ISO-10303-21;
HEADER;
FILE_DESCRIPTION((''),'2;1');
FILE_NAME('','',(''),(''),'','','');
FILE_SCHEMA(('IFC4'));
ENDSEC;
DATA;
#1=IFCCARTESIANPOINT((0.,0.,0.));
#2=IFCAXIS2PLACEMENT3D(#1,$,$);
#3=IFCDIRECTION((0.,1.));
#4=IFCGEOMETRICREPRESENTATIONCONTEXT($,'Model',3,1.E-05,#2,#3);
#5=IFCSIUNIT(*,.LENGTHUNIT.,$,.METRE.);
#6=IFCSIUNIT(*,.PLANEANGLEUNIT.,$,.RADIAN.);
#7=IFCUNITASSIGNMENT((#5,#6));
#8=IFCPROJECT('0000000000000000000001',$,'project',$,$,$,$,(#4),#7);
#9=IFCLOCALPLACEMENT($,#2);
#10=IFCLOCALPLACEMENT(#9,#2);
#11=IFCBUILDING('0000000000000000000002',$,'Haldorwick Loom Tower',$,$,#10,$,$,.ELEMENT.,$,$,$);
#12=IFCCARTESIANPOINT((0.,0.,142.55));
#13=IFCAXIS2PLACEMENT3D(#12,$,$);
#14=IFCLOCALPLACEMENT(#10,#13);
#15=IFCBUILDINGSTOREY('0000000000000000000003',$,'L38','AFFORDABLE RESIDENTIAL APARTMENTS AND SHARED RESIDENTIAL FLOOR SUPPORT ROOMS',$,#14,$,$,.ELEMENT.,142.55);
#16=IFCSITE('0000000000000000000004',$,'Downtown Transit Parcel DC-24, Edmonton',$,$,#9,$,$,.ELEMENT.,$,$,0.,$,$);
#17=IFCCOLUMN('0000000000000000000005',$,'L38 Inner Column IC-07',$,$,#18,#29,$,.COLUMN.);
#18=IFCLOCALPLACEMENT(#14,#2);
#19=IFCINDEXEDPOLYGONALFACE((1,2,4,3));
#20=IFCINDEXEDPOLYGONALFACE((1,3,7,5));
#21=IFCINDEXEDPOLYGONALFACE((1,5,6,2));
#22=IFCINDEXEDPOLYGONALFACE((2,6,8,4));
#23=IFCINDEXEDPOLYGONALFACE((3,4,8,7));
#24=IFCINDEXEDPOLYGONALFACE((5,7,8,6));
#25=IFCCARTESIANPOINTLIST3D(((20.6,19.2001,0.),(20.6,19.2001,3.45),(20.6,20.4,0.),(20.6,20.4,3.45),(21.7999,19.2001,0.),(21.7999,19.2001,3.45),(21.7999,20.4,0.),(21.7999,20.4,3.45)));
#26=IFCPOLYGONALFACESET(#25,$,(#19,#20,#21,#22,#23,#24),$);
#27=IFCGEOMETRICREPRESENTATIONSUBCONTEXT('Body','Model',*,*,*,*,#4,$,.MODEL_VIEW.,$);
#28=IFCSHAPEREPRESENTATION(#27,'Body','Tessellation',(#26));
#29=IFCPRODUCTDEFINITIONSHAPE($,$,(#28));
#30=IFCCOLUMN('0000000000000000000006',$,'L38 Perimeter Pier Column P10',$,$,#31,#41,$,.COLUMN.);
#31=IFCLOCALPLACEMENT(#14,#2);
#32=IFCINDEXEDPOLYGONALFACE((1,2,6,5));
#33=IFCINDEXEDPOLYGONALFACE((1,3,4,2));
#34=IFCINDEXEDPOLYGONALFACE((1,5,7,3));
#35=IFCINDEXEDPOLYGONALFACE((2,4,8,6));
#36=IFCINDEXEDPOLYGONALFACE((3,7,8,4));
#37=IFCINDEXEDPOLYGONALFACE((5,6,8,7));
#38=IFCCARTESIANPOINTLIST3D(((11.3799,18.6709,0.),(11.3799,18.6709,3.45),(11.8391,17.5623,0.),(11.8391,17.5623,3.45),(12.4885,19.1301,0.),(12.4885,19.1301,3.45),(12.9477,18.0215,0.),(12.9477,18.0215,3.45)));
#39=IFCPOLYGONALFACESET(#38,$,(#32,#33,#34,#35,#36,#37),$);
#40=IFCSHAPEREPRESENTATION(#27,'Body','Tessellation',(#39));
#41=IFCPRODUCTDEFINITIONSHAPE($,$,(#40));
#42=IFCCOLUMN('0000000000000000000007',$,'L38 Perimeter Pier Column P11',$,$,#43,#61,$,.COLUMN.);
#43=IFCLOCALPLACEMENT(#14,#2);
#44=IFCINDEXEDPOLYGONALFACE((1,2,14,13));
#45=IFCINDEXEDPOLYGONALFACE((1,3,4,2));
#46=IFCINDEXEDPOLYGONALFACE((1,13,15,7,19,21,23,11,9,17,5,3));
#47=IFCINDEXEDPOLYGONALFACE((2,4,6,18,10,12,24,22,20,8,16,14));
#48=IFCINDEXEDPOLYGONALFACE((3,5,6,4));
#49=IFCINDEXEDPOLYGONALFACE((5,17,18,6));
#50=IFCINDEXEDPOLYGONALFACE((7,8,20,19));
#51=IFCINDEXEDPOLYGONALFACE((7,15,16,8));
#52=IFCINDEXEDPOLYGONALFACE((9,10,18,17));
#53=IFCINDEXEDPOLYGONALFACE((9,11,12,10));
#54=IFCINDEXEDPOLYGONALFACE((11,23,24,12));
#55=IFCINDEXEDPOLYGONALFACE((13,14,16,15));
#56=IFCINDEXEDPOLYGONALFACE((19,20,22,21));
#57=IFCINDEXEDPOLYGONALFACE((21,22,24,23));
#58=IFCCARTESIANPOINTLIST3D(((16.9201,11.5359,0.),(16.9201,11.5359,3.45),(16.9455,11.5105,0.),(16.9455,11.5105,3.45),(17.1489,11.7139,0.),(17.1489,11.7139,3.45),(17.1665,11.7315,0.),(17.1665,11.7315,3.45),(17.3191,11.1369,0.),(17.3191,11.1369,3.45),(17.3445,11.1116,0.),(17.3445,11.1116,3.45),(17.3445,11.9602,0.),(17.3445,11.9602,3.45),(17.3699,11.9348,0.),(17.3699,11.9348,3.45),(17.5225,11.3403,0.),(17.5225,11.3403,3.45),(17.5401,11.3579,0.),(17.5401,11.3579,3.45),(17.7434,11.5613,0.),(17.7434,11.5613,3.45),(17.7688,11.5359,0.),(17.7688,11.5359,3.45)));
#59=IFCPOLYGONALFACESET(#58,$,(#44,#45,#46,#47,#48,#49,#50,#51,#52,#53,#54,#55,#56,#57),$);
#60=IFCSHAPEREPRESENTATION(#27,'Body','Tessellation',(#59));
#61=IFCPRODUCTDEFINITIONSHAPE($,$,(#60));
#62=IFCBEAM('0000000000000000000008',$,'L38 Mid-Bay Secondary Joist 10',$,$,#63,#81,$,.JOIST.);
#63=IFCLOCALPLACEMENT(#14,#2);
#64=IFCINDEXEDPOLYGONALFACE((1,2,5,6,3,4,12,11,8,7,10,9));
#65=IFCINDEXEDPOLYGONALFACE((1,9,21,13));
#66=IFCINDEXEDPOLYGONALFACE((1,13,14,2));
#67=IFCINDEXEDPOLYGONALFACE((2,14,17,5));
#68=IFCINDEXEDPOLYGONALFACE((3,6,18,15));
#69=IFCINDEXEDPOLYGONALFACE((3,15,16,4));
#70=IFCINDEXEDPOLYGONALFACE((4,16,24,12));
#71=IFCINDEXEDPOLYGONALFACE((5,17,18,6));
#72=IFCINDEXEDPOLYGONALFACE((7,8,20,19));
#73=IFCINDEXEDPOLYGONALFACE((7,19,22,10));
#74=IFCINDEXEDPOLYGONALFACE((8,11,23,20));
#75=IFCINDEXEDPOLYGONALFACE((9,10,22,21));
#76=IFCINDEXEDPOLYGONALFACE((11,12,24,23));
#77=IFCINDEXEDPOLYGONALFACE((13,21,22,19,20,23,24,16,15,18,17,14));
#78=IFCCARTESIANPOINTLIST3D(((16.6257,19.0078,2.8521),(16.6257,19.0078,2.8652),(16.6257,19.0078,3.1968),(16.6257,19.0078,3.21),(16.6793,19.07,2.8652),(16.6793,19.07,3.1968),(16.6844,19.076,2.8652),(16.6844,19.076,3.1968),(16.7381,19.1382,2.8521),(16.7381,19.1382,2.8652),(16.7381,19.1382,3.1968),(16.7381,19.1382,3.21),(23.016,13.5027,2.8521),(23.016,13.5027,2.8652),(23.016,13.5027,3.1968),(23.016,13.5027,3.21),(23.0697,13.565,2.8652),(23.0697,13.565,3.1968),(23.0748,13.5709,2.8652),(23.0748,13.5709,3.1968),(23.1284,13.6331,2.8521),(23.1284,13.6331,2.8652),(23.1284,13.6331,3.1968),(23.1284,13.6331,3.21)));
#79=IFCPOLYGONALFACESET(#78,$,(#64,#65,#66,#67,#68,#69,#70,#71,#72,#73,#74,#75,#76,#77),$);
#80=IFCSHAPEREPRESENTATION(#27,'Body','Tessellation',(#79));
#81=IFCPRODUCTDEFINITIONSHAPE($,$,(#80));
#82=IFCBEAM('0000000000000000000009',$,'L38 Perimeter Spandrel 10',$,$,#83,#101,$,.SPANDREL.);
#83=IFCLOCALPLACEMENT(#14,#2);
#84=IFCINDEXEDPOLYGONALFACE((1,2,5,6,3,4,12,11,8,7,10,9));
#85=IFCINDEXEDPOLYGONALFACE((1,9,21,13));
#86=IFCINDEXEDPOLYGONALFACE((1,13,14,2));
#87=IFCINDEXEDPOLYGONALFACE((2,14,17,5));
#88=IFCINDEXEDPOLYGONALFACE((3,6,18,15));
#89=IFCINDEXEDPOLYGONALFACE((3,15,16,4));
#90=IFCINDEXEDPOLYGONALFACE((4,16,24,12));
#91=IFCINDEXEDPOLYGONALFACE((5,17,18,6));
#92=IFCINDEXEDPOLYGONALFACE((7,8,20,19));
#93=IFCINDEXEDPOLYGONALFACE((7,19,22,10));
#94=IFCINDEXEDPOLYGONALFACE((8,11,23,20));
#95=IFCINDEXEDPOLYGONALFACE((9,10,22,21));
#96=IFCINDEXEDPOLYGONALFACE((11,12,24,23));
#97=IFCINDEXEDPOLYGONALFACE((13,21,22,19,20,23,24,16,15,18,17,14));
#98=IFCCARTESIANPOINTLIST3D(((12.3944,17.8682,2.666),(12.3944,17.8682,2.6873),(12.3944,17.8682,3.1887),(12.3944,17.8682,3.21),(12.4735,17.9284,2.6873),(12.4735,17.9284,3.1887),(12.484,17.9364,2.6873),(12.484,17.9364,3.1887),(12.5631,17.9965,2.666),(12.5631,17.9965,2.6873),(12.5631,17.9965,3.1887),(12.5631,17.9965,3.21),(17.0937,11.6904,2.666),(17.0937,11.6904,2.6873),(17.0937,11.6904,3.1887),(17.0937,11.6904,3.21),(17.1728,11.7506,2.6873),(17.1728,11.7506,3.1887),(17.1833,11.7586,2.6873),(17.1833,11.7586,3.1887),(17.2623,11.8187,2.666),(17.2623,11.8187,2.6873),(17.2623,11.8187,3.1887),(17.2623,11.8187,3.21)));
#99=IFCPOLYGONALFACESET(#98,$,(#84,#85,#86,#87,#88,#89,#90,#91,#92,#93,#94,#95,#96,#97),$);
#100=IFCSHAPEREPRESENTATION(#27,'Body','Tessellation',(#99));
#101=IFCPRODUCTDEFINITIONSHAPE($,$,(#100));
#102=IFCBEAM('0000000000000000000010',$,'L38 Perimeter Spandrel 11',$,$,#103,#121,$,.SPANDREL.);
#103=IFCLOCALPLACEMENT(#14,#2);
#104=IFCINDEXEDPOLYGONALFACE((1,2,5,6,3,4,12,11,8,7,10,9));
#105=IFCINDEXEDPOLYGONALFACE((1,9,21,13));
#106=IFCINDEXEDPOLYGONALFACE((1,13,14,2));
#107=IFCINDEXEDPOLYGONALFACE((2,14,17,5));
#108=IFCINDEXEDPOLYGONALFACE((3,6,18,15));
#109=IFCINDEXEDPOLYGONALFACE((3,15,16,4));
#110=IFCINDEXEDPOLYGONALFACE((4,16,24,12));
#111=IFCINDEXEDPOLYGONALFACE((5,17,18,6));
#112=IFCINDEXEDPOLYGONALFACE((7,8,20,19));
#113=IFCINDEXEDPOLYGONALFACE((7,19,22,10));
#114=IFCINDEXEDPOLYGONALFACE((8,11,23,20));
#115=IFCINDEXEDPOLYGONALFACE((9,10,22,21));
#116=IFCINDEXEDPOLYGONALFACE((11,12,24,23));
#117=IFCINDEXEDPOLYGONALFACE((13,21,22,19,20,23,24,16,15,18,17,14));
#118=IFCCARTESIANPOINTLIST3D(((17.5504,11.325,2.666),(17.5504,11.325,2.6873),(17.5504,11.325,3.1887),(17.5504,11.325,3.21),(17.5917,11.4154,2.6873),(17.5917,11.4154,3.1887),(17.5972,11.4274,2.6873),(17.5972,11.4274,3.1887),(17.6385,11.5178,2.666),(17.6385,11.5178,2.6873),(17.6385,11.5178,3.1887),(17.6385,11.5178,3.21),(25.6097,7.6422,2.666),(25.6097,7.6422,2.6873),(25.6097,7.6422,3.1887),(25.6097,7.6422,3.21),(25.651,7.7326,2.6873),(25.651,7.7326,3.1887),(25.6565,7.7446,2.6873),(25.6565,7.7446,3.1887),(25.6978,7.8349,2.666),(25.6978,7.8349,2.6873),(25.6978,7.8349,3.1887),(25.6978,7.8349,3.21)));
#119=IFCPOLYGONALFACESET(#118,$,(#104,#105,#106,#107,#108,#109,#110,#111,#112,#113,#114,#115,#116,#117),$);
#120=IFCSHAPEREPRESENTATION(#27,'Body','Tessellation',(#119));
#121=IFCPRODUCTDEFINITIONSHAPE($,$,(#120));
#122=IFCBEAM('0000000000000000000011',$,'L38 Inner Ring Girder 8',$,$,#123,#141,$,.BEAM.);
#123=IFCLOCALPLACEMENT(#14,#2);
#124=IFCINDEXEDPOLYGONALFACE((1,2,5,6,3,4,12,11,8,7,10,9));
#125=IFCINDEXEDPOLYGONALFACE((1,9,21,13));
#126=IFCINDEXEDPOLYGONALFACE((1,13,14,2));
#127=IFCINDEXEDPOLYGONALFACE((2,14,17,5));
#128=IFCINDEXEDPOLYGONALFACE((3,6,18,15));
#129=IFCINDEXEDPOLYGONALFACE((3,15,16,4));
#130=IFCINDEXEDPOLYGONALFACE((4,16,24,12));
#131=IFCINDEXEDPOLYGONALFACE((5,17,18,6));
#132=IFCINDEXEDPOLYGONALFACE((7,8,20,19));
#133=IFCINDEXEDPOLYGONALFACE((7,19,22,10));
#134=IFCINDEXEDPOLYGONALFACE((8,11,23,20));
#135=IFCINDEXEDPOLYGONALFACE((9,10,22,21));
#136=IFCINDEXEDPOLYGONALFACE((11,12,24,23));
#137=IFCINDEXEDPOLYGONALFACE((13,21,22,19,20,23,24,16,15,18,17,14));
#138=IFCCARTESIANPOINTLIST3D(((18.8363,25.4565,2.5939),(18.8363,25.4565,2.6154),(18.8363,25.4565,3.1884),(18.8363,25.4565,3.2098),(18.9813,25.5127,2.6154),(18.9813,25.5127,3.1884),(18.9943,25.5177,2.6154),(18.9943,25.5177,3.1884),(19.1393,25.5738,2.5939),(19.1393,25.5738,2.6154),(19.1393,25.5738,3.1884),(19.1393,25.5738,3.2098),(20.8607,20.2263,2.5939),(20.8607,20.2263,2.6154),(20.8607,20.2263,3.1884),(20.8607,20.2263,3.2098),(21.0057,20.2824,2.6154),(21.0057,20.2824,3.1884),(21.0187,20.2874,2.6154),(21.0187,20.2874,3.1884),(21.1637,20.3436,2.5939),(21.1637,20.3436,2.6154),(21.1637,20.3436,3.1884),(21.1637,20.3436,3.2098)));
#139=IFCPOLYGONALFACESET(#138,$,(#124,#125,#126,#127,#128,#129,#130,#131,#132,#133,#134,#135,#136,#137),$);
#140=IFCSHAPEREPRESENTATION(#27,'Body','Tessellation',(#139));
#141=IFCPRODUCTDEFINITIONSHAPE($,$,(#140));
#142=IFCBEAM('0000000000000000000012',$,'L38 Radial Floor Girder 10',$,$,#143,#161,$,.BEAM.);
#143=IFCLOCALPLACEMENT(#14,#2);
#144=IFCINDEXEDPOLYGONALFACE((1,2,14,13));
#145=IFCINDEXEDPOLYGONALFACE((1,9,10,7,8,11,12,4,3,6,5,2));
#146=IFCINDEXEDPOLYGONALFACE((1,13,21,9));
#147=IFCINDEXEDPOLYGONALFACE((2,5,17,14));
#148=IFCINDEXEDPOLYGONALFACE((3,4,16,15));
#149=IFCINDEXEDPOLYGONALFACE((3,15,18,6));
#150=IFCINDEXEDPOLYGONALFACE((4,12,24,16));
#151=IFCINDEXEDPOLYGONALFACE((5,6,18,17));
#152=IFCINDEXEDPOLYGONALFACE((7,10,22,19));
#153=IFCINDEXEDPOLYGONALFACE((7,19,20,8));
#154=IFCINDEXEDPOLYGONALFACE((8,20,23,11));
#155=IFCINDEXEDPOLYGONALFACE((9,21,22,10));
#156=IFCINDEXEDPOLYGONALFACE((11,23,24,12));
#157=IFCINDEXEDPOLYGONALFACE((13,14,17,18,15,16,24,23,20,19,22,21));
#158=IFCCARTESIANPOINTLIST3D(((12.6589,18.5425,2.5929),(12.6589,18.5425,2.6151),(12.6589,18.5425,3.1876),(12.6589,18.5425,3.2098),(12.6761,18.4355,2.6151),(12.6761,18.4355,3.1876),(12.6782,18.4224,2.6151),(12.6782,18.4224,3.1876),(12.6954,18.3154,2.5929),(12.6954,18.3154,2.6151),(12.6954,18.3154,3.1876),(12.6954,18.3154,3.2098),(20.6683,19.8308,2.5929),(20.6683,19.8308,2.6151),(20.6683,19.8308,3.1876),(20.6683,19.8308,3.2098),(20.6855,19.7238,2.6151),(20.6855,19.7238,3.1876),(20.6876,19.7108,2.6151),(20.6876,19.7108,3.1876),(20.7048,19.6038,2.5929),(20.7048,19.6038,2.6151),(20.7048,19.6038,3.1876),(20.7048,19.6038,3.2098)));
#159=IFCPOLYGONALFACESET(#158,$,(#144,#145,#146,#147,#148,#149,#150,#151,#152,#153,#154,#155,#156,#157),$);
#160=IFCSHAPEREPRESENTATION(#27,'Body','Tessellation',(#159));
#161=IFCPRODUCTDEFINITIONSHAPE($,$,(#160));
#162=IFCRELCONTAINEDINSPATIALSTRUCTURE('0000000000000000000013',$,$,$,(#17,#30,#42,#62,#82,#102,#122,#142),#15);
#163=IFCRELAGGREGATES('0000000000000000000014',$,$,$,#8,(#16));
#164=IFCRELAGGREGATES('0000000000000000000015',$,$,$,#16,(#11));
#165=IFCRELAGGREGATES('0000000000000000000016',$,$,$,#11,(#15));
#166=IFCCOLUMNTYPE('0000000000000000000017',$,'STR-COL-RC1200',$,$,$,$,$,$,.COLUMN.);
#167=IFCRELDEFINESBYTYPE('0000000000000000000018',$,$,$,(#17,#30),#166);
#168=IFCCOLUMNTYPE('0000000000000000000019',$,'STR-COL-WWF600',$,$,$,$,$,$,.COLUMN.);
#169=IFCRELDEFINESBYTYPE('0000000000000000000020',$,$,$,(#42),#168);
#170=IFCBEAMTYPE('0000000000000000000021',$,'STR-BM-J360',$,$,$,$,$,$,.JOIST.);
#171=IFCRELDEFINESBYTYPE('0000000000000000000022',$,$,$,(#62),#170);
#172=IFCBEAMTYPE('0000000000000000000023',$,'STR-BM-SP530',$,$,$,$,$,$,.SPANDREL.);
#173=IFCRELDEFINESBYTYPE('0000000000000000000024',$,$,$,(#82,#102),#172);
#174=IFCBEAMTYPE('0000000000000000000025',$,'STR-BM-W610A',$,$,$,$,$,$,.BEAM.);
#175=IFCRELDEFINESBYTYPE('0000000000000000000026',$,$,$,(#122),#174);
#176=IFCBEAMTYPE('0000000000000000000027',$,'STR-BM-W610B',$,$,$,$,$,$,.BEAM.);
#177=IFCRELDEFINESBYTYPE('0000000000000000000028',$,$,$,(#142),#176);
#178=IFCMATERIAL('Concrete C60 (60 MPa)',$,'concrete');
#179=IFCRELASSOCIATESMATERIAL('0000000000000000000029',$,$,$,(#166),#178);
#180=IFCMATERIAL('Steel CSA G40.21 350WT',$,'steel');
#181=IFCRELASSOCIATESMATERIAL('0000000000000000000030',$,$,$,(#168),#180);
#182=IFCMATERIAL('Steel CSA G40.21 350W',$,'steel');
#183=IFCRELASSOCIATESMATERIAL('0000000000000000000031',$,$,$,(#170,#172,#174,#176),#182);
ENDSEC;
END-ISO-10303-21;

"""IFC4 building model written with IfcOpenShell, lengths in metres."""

from ifc_helpers import new_model, si_unit, direction, frame, origin, origin_2d, place, context, subcontext, project, spatial, rectangle, i_section, extrude, material, material_profile, profile_set, type_object, element, save


model = new_model("IFC4")

# Units and contexts
model_context = context("Model", 3, precision=1e-05, world=origin(), true_north=direction((0.0, 1.0)))
body_context = subcontext(model_context, "Body", "Model", "MODEL_VIEW")
ifc_project = project(units=[si_unit("LENGTHUNIT", "METRE"), si_unit("PLANEANGLEUNIT", "RADIAN")], contexts=[model_context])

# Site, building, storey
site_placement = place(None, origin())
site = spatial("IfcSite", under=ifc_project, at=site_placement, Name="Downtown Transit Parcel DC-24, Edmonton", CompositionType="ELEMENT", RefElevation=0.0)
building_placement = place(site_placement, origin())
building = spatial("IfcBuilding", under=site, at=building_placement, Name="Haldorwick Loom Tower", CompositionType="ELEMENT")
storey_placement = place(building_placement, frame((0.0, 0.0, 142.55)))
storey = spatial("IfcBuildingStorey", under=building, at=storey_placement, Name="L38", Description="AFFORDABLE RESIDENTIAL APARTMENTS AND SHARED RESIDENTIAL FLOOR SUPPORT ROOMS", CompositionType="ELEMENT", Elevation=142.55)

# Columns
ifc_material_1 = material(Name="Concrete C60 (60 MPa)", Category="concrete")
ifc_material_profile_1 = material_profile(ifc_material_1, rectangle(XDim=1.2, YDim=1.2, at=origin_2d()), Name="RC1200X1200", Category="concrete")
ifc_profile_set_1 = profile_set([ifc_material_profile_1], Name="Concrete C60 (60 MPa)")
column_type_1 = type_object("IfcColumnType", Name="STR-COL-RC1200", PredefinedType="COLUMN", material=ifc_profile_set_1)
for number, where, z_axis, x_axis, name in (
    (1, (21.2, 19.8, 0.0), (0.0, 0.0, 1.0), (1.0, 0.0, 0.0), "L38 Inner Column IC-07"),
    (2, (12.1638, 18.3462, 0.0), (0.0, 0.0, 1.0), (-0.92388, -0.382683, 0.0), "L38 Perimeter Pier Column P10"),
):
    element("IfcColumn", number, at=place(storey_placement, frame(where, z_axis=z_axis, x_axis=x_axis)), inside=storey, type_object=column_type_1, Name=name, PredefinedType="COLUMN", context=body_context, shape_type="SweptSolid", body=[
        extrude(rectangle(XDim=1.2, YDim=1.2, at=origin_2d()), origin(), (0.0, 0.0, 1.0), 3.45),
    ])
ifc_material_2 = material(Name="Steel CSA G40.21 350WT", Category="steel")
ifc_material_profile_2 = material_profile(ifc_material_2, i_section(OverallWidth=0.6001, OverallDepth=0.6001, WebThickness=0.0249, FlangeThickness=0.0359, at=origin_2d()), Name="WWF600X600", Category="steel")
ifc_profile_set_2 = profile_set([ifc_material_profile_2], Name="Steel CSA G40.21 350WT")
column_type_2 = type_object("IfcColumnType", Name="STR-COL-WWF600", PredefinedType="COLUMN", material=ifc_profile_set_2)
column_placement = place(storey_placement, frame((17.3445, 11.5359, 0.0), z_axis=(0.0, 0.0, 1.0), x_axis=(-0.707107, -0.707107, 0.0)))
element("IfcColumn", 3, at=column_placement, inside=storey, type_object=column_type_2, Name="L38 Perimeter Pier Column P11", PredefinedType="COLUMN", context=body_context, shape_type="SweptSolid", body=[
    extrude(i_section(OverallWidth=0.6001, OverallDepth=0.6001, WebThickness=0.0249, FlangeThickness=0.0359, at=origin_2d()), origin(), (0.0, 0.0, 1.0), 3.45),
])

# Beams
ifc_material_3 = material(Name="Steel CSA G40.21 350W", Category="steel")
ifc_material_profile_3 = material_profile(ifc_material_3, i_section(OverallWidth=0.1721, OverallDepth=0.3579, WebThickness=0.0078, FlangeThickness=0.0132, at=origin_2d()), Name="W360X57", Category="steel")
ifc_profile_set_3 = profile_set([ifc_material_profile_3], Name="Steel CSA G40.21 350W")
beam_type_1 = type_object("IfcBeamType", Name="STR-BM-J360", PredefinedType="JOIST", material=ifc_profile_set_3)
beam_1_placement = place(storey_placement, frame((16.6819, 19.073, 3.031), z_axis=(0.757634, -0.65268, 0.0), x_axis=(0.65268, 0.757634, 0.0)))
element("IfcBeam", 4, at=beam_1_placement, inside=storey, type_object=beam_type_1, Name="L38 Mid-Bay Secondary Joist 10", PredefinedType="JOIST", context=body_context, shape_type="SweptSolid", body=[
    extrude(i_section(OverallWidth=0.1721, OverallDepth=0.3579, WebThickness=0.0078, FlangeThickness=0.0132, at=origin_2d()), origin(), (0.0, 0.0, 1.0), 8.4346),
])
ifc_material_profile_4 = material_profile(ifc_material_3, i_section(OverallWidth=0.2119, OverallDepth=0.5439, WebThickness=0.0132, FlangeThickness=0.0212, at=origin_2d()), Name="W530X123", Category="steel")
ifc_profile_set_4 = profile_set([ifc_material_profile_4], Name="Steel CSA G40.21 350W")
beam_type_2 = type_object("IfcBeamType", Name="STR-BM-SP530", PredefinedType="SPANDREL", material=ifc_profile_set_4)
beam_2_placement = place(storey_placement, frame((12.4788, 17.9324, 2.938), z_axis=(0.605421, -0.795905, 0.0), x_axis=(0.795905, 0.605421, 0.0)))
element("IfcBeam", 5, at=beam_2_placement, inside=storey, type_object=beam_type_2, Name="L38 Perimeter Spandrel 10", PredefinedType="SPANDREL", context=body_context, shape_type="SweptSolid", body=[
    extrude(i_section(OverallWidth=0.2119, OverallDepth=0.5439, WebThickness=0.0132, FlangeThickness=0.0212, at=origin_2d()), origin(), (0.0, 0.0, 1.0), 7.762),
])
beam_3_placement = place(storey_placement, frame((17.5945, 11.4214, 2.938), z_axis=(0.909534, -0.415629, 0.0), x_axis=(0.415629, 0.909534, 0.0)))
element("IfcBeam", 6, at=beam_3_placement, inside=storey, type_object=beam_type_2, Name="L38 Perimeter Spandrel 11", PredefinedType="SPANDREL", context=body_context, shape_type="SweptSolid", body=[
    extrude(i_section(OverallWidth=0.2119, OverallDepth=0.5439, WebThickness=0.0132, FlangeThickness=0.0212, at=origin_2d()), origin(), (0.0, 0.0, 1.0), 8.8608),
])
ifc_material_profile_5 = material_profile(ifc_material_3, i_section(OverallWidth=0.325, OverallDepth=0.616, WebThickness=0.0139, FlangeThickness=0.0215, at=origin_2d()), Name="W610X174", Category="steel")
ifc_profile_set_5 = profile_set([ifc_material_profile_5], Name="Steel CSA G40.21 350W")
beam_type_3 = type_object("IfcBeamType", Name="STR-BM-W610A", PredefinedType="BEAM", material=ifc_profile_set_5)
beam_4_placement = place(storey_placement, frame((21.0122, 20.2849, 2.9019), z_axis=(-0.360965, 0.932579, 0.0), x_axis=(-0.932579, -0.360965, 0.0)))
element("IfcBeam", 7, at=beam_4_placement, inside=storey, type_object=beam_type_3, Name="L38 Inner Ring Girder 8", PredefinedType="BEAM", context=body_context, shape_type="SweptSolid", body=[
    extrude(i_section(OverallWidth=0.325, OverallDepth=0.616, WebThickness=0.0139, FlangeThickness=0.0215, at=origin_2d()), origin(), (0.0, 0.0, 1.0), 5.6084),
])
ifc_material_profile_6 = material_profile(ifc_material_3, i_section(OverallWidth=0.23, OverallDepth=0.6169, WebThickness=0.0132, FlangeThickness=0.0222, at=origin_2d()), Name="W610X140", Category="steel")
ifc_profile_set_6 = profile_set([ifc_material_profile_6], Name="Steel CSA G40.21 350W")
beam_type_4 = type_object("IfcBeamType", Name="STR-BM-W610B", PredefinedType="BEAM", material=ifc_profile_set_6)
beam_5_placement = place(storey_placement, frame((20.6865, 19.7173, 2.9014), z_axis=(-0.987309, -0.158813, 0.0), x_axis=(0.158813, -0.987309, 0.0)))
element("IfcBeam", 8, at=beam_5_placement, inside=storey, type_object=beam_type_4, Name="L38 Radial Floor Girder 10", PredefinedType="BEAM", context=body_context, shape_type="SweptSolid", body=[
    extrude(i_section(OverallWidth=0.23, OverallDepth=0.6169, WebThickness=0.0132, FlangeThickness=0.0222, at=origin_2d()), origin(), (0.0, 0.0, 1.0), 8.1123),
])

save(model, "model.ifc")
